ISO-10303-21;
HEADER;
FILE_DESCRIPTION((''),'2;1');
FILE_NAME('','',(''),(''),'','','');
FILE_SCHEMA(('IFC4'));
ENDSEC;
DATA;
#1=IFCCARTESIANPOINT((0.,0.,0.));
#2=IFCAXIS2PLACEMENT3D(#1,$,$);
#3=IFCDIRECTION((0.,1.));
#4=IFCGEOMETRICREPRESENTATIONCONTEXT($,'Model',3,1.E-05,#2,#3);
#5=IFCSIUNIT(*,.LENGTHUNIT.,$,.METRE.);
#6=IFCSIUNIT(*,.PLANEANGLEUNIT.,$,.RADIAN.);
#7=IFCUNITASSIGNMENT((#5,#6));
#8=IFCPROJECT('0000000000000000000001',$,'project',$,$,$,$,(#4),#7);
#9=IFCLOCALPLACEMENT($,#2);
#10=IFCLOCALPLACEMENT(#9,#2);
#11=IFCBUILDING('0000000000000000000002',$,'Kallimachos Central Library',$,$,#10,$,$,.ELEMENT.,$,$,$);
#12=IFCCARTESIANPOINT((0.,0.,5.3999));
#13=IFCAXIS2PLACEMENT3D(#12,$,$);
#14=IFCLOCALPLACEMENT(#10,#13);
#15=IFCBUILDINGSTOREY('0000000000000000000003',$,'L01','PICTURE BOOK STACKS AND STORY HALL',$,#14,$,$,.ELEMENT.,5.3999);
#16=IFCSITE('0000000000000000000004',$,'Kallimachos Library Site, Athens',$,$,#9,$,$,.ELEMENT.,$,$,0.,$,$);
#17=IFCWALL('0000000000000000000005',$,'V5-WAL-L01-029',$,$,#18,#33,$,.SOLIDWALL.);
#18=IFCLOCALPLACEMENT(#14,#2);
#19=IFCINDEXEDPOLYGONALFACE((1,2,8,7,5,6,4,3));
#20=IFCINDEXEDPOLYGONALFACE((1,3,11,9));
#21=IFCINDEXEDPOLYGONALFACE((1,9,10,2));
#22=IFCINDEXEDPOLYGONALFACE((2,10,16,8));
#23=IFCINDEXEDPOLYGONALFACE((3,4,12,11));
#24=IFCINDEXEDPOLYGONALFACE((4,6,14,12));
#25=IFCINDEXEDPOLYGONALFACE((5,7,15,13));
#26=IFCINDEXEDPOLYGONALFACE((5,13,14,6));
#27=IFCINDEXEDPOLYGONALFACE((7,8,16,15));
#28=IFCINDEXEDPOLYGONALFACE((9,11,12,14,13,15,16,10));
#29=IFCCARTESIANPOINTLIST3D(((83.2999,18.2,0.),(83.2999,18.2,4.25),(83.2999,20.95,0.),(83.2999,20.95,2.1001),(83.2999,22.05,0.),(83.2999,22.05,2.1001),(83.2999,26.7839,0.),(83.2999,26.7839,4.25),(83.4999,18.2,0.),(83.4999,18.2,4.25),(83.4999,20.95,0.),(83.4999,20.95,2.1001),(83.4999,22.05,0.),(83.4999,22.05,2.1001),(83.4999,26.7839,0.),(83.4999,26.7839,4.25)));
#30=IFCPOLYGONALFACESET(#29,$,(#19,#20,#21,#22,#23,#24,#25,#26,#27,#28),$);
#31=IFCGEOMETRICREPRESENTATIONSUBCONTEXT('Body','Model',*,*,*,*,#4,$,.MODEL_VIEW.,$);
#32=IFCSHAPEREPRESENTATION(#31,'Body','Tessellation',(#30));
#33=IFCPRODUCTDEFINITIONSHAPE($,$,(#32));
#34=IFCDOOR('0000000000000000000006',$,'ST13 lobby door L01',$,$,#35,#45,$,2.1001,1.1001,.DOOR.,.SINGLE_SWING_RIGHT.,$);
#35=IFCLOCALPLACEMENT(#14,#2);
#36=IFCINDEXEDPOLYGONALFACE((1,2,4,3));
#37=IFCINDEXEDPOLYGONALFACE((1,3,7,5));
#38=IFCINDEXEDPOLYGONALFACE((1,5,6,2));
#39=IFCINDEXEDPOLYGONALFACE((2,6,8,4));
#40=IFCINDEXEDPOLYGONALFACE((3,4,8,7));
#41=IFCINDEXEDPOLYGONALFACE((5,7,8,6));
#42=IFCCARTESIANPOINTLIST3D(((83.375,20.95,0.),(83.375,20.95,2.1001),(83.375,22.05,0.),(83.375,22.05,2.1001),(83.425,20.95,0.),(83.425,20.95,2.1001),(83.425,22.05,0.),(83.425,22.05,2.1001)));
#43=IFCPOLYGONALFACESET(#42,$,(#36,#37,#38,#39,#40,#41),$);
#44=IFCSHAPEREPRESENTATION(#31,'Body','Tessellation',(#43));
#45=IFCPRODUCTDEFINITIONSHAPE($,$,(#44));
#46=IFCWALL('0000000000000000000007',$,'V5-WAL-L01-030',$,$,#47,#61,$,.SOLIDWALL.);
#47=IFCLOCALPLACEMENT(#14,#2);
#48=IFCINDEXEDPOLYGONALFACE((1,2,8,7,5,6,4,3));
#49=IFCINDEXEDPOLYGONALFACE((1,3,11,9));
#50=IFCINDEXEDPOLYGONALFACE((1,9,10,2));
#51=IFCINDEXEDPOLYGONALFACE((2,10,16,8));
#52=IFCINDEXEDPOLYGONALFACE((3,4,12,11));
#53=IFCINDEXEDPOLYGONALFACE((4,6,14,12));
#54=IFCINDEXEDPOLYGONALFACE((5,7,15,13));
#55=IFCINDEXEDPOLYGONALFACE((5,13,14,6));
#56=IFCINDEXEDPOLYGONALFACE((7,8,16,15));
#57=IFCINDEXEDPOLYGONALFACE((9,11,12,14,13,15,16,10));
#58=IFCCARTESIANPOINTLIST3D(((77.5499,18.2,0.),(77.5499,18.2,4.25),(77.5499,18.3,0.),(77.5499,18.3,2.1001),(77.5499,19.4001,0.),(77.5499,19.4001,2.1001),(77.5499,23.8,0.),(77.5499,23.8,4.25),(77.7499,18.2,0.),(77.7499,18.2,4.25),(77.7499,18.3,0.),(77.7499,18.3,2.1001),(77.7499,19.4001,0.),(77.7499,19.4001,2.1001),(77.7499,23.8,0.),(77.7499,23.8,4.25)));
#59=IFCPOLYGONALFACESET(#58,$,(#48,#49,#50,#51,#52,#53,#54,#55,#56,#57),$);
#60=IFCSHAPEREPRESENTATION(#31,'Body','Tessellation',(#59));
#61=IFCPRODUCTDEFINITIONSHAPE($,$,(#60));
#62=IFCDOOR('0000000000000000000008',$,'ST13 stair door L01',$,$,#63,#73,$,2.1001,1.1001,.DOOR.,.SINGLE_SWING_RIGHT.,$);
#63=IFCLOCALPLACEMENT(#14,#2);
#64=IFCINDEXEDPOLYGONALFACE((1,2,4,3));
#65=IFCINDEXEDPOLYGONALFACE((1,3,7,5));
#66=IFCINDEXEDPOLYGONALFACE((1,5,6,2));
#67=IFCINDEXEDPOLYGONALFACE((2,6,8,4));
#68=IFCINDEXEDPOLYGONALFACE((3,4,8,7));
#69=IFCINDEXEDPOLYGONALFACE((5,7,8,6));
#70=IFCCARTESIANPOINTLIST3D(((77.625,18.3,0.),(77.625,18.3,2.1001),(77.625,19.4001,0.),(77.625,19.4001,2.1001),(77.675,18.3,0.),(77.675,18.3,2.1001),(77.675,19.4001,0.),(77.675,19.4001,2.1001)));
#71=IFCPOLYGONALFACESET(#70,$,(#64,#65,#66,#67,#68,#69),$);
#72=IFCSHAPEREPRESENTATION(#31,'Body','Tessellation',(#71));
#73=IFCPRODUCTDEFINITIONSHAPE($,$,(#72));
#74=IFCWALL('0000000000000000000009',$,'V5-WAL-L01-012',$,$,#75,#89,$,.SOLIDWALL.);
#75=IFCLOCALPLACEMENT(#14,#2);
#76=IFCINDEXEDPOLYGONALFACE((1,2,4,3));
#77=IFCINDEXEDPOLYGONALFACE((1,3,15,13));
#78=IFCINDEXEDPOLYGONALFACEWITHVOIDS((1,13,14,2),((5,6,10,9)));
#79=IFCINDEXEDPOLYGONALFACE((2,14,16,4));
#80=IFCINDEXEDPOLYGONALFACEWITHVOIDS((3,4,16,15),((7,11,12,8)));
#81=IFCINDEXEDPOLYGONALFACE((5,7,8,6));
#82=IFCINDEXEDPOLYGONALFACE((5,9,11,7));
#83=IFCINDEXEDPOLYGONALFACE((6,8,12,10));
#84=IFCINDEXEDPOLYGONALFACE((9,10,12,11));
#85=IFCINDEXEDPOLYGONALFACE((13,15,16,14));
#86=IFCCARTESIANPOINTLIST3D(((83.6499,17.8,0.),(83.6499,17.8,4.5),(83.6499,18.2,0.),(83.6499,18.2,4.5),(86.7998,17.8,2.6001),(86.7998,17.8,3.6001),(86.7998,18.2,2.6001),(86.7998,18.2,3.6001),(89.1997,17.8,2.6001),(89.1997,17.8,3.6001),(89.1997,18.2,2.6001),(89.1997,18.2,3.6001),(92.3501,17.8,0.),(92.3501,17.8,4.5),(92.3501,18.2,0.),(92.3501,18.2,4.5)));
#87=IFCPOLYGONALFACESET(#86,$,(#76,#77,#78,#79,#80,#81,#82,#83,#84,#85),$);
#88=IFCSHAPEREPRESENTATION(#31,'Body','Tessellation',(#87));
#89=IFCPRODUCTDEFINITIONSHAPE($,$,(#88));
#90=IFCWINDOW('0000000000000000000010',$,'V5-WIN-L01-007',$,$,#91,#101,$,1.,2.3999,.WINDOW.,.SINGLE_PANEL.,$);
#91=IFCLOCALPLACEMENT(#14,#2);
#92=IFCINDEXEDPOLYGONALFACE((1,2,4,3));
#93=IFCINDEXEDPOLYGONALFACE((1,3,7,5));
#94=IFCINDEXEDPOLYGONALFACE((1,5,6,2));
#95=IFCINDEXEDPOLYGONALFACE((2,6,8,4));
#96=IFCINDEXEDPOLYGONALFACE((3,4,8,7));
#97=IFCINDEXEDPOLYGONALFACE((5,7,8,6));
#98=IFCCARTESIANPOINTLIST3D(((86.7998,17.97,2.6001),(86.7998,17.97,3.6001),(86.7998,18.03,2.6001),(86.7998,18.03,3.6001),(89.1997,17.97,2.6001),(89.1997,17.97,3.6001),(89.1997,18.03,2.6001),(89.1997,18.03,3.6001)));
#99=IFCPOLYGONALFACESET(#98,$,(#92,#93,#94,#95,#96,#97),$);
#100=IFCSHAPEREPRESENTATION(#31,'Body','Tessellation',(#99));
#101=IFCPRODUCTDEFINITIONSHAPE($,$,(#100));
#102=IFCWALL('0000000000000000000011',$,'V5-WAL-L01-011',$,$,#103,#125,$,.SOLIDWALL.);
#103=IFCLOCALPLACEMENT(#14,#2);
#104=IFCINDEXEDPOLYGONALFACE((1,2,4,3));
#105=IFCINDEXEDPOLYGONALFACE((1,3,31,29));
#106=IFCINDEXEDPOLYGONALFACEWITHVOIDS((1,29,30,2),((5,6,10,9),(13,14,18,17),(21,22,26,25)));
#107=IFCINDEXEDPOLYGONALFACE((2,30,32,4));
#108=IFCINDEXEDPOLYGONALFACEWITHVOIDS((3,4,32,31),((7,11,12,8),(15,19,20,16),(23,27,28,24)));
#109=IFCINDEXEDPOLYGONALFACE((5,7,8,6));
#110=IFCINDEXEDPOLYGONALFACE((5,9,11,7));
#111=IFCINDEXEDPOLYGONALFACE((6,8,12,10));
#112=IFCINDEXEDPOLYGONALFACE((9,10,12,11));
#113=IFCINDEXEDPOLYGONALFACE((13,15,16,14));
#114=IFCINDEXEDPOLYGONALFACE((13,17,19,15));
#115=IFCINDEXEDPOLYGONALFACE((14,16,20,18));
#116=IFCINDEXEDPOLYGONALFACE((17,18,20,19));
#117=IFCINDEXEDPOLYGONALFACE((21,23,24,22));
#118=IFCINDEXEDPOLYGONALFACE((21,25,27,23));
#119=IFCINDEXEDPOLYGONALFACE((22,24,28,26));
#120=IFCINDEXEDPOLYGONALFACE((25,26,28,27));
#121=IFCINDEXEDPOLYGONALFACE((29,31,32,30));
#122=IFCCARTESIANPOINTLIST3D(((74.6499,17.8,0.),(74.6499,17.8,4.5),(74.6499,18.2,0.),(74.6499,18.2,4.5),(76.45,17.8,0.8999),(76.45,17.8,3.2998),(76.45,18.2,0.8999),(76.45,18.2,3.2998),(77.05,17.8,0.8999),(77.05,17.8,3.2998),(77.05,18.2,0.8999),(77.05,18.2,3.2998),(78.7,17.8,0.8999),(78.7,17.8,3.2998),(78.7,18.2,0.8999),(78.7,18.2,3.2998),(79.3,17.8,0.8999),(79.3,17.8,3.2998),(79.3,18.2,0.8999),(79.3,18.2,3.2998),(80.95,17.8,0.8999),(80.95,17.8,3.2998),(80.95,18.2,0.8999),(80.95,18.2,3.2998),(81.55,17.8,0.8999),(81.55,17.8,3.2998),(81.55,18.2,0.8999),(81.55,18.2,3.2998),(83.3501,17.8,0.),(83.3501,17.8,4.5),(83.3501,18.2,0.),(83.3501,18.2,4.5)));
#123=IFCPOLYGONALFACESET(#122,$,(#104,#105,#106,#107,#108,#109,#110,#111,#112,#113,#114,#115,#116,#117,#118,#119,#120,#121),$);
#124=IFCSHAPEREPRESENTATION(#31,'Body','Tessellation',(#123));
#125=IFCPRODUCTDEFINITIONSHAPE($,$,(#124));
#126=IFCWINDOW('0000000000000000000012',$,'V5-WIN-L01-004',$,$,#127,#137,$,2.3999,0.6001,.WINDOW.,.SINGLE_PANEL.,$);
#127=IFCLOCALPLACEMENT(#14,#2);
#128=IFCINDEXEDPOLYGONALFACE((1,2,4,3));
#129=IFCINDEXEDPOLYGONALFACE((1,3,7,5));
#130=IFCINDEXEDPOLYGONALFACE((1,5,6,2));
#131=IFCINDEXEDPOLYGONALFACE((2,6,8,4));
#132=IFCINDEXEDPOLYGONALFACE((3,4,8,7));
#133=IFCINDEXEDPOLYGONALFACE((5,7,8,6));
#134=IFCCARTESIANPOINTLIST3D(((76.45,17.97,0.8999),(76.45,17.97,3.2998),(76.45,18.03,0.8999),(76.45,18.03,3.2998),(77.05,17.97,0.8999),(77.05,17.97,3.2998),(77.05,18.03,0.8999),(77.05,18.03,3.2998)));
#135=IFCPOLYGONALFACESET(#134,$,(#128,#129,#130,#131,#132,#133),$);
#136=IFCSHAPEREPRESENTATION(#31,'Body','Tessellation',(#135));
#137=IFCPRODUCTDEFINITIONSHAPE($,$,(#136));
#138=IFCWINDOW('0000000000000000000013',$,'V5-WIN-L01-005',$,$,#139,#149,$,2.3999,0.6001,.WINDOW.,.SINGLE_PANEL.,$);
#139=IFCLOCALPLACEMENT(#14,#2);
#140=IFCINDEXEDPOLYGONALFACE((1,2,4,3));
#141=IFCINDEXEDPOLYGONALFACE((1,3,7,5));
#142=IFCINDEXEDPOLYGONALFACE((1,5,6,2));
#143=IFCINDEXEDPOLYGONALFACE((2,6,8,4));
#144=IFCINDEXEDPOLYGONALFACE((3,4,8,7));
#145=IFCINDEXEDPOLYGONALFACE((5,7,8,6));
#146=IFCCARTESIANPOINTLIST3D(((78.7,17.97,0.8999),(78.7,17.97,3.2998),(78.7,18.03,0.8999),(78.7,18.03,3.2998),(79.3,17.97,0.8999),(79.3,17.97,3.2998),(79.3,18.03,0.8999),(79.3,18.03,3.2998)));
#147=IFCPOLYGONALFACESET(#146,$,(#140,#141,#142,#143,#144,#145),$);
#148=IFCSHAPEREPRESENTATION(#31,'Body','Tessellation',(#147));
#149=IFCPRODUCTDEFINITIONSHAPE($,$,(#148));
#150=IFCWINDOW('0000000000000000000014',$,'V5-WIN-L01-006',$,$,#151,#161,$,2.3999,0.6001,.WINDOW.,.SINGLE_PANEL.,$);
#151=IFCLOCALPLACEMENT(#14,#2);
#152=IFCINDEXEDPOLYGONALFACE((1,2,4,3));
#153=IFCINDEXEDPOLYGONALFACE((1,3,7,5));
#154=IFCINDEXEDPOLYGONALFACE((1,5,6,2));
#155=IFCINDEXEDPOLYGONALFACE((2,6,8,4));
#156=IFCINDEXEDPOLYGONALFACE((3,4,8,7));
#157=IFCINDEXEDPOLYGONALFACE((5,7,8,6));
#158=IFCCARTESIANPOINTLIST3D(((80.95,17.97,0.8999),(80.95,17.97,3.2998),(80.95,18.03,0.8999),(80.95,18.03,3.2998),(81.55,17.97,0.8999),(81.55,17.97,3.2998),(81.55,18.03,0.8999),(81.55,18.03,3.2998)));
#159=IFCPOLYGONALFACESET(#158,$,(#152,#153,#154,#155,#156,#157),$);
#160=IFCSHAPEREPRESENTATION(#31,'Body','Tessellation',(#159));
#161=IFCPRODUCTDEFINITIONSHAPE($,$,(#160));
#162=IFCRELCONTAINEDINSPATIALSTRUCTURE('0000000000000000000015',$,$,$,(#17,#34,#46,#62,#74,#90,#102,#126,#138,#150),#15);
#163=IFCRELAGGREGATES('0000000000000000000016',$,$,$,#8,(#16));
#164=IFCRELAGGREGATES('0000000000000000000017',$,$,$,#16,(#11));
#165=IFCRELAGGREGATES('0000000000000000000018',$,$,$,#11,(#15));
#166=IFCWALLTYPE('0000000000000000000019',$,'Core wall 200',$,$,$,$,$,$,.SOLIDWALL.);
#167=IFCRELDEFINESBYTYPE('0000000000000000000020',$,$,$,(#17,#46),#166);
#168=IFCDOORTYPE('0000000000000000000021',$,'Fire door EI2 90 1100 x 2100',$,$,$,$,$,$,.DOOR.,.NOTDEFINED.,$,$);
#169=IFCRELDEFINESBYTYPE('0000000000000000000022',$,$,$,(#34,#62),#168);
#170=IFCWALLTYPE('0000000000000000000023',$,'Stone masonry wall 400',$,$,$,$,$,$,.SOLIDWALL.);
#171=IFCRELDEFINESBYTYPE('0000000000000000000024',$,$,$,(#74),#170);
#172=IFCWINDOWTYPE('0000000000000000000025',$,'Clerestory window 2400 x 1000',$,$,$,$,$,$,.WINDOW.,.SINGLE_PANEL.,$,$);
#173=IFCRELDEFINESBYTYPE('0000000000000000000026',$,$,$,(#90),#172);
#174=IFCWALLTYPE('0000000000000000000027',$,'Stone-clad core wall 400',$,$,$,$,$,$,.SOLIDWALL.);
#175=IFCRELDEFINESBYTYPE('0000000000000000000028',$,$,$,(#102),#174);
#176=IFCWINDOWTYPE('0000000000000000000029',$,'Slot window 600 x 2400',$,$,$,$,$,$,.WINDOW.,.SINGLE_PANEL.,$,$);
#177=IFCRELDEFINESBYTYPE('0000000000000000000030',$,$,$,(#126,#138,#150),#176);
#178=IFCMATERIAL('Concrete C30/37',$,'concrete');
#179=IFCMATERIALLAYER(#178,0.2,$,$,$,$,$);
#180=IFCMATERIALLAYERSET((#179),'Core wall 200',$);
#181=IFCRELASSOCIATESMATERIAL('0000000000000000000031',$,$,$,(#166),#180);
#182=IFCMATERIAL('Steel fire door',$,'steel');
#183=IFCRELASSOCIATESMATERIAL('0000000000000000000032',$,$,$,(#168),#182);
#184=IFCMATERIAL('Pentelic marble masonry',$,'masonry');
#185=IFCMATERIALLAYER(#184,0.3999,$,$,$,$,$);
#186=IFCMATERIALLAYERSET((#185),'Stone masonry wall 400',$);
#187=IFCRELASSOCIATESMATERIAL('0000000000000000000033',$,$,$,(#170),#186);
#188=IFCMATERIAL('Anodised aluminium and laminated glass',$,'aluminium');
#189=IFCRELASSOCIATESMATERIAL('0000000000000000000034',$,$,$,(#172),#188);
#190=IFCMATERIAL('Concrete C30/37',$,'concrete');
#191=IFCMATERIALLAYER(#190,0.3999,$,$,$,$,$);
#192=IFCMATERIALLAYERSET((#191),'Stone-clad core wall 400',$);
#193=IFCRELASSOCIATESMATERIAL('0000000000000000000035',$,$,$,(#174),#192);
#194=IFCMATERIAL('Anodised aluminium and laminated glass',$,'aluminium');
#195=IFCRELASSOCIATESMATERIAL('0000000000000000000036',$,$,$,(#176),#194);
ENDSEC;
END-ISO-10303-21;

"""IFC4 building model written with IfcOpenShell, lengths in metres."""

from ifc_helpers import new_model, si_unit, direction, frame, frame_2d, origin, place, context, subcontext, project, spatial, rectangle, extrude, material, layer, layer_set, type_object, element, fill, save


model = new_model("IFC4")

# Units and contexts
model_context = context("Model", 3, precision=1e-05, world=origin(), true_north=direction((0.0, 1.0)))
body_context = subcontext(model_context, "Body", "Model", "MODEL_VIEW")
ifc_project = project(units=[si_unit("LENGTHUNIT", "METRE"), si_unit("PLANEANGLEUNIT", "RADIAN")], contexts=[model_context])

# Site, building, storey
site_placement = place(None, origin())
site = spatial("IfcSite", under=ifc_project, at=site_placement, Name="Kallimachos Library Site, Athens", CompositionType="ELEMENT", RefElevation=0.0)
building_placement = place(site_placement, origin())
building = spatial("IfcBuilding", under=site, at=building_placement, Name="Kallimachos Central Library", CompositionType="ELEMENT")
storey_placement = place(building_placement, frame((0.0, 0.0, 5.3999)))
storey = spatial("IfcBuildingStorey", under=building, at=storey_placement, Name="L01", Description="PICTURE BOOK STACKS AND STORY HALL", CompositionType="ELEMENT", Elevation=5.3999)

# Shared definitions
ifc_material_1 = material(Name="Concrete C30/37", Category="concrete")
ifc_layer_1 = layer(ifc_material_1, 0.2)
ifc_layer_set_1 = layer_set([ifc_layer_1], Name="Core wall 200")
wall_type_1 = type_object("IfcWallType", Name="Core wall 200", PredefinedType="SOLIDWALL", material=ifc_layer_set_1)

# Walls, openings, doors
wall_1_placement = place(storey_placement, frame((83.3999, 18.2, 0.0), z_axis=(0.0, 0.0, 1.0), x_axis=(0.0, 1.0, 0.0)))
wall_1 = element("IfcWall", 1, at=wall_1_placement, inside=storey, type_object=wall_type_1, Name="V5-WAL-L01-029", PredefinedType="SOLIDWALL", context=body_context, shape_type="SweptSolid", body=[
    extrude(rectangle(XDim=8.584, YDim=0.2, at=frame_2d((4.292, 0.0))), origin(), (0.0, 0.0, 1.0), 4.25),
])
opening_1_placement = place(wall_1_placement, frame((2.75, 0.0, 0.0)))
opening_1 = element("IfcOpeningElement", 2, at=opening_1_placement, cuts=wall_1, PredefinedType="OPENING", context=body_context, shape_type="SweptSolid", body=[
    extrude(rectangle(XDim=1.1001, YDim=2.1001, at=frame_2d((0.55, 1.05))), frame((0.0, 0.1099, 0.0), z_axis=(0.0, -1.0, 0.0), x_axis=(1.0, 0.0, 0.0)), (0.0, 0.0, 1.0), 0.22),
])
ifc_material_2 = material(Name="Steel fire door", Category="steel")
door_type_1 = type_object("IfcDoorType", Name="Fire door EI2 90 1100 x 2100", OperationType="NOTDEFINED", PredefinedType="DOOR", material=ifc_material_2)
door_1_placement = place(opening_1_placement, origin())
door_1 = element("IfcDoor", 3, at=door_1_placement, inside=storey, type_object=door_type_1, Name="ST13 lobby door L01", OperationType="SINGLE_SWING_RIGHT", OverallHeight=2.1001, OverallWidth=1.1001, PredefinedType="DOOR", context=body_context, shape_type="SweptSolid", body=[
    extrude(rectangle(XDim=1.1001, YDim=2.1001, at=frame_2d((0.55, 1.05))), frame((0.0, 0.0249, 0.0), z_axis=(0.0, -1.0, 0.0), x_axis=(1.0, 0.0, 0.0)), (0.0, 0.0, 1.0), 0.05),
])
fill(opening_1, door_1)
wall_2_placement = place(storey_placement, frame((77.6499, 18.2, 0.0), z_axis=(0.0, 0.0, 1.0), x_axis=(0.0, 1.0, 0.0)))
wall_2 = element("IfcWall", 4, at=wall_2_placement, inside=storey, type_object=wall_type_1, Name="V5-WAL-L01-030", PredefinedType="SOLIDWALL", context=body_context, shape_type="SweptSolid", body=[
    extrude(rectangle(XDim=5.6001, YDim=0.2, at=frame_2d((2.8, 0.0))), origin(), (0.0, 0.0, 1.0), 4.25),
])
opening_2_placement = place(wall_2_placement, frame((0.1001, 0.0, 0.0)))
opening_2 = element("IfcOpeningElement", 5, at=opening_2_placement, cuts=wall_2, PredefinedType="OPENING", context=body_context, shape_type="SweptSolid", body=[
    extrude(rectangle(XDim=1.1001, YDim=2.1001, at=frame_2d((0.55, 1.05))), frame((0.0, 0.1099, 0.0), z_axis=(0.0, -1.0, 0.0), x_axis=(1.0, 0.0, 0.0)), (0.0, 0.0, 1.0), 0.22),
])
door_2_placement = place(opening_2_placement, origin())
door_2 = element("IfcDoor", 6, at=door_2_placement, inside=storey, type_object=door_type_1, Name="ST13 stair door L01", OperationType="SINGLE_SWING_RIGHT", OverallHeight=2.1001, OverallWidth=1.1001, PredefinedType="DOOR", context=body_context, shape_type="SweptSolid", body=[
    extrude(rectangle(XDim=1.1001, YDim=2.1001, at=frame_2d((0.55, 1.05))), frame((0.0, 0.0249, 0.0), z_axis=(0.0, -1.0, 0.0), x_axis=(1.0, 0.0, 0.0)), (0.0, 0.0, 1.0), 0.05),
])
fill(opening_2, door_2)

# Wall, opening, window
ifc_material_3 = material(Name="Pentelic marble masonry", Category="masonry")
ifc_layer_2 = layer(ifc_material_3, 0.3999)
ifc_layer_set_2 = layer_set([ifc_layer_2], Name="Stone masonry wall 400")
wall_type_2 = type_object("IfcWallType", Name="Stone masonry wall 400", PredefinedType="SOLIDWALL", material=ifc_layer_set_2)
wall_3_placement = place(storey_placement, frame((83.6499, 18.0, 0.0), z_axis=(0.0, 0.0, 1.0), x_axis=(1.0, 0.0, 0.0)))
wall_3 = element("IfcWall", 7, at=wall_3_placement, inside=storey, type_object=wall_type_2, Name="V5-WAL-L01-012", PredefinedType="SOLIDWALL", context=body_context, shape_type="SweptSolid", body=[
    extrude(rectangle(XDim=8.7002, YDim=0.3999, at=frame_2d((4.3501, 0.0))), origin(), (0.0, 0.0, 1.0), 4.5),
])
opening_3_placement = place(wall_3_placement, frame((3.1499, 0.0, 2.6001)))
opening_3 = element("IfcOpeningElement", 8, at=opening_3_placement, cuts=wall_3, PredefinedType="OPENING", context=body_context, shape_type="SweptSolid", body=[
    extrude(rectangle(XDim=2.3999, YDim=1.0, at=frame_2d((1.2, 0.5))), frame((0.0, 0.21, 0.0), z_axis=(0.0, -1.0, 0.0), x_axis=(1.0, 0.0, 0.0)), (0.0, 0.0, 1.0), 0.4199),
])
ifc_material_4 = material(Name="Anodised aluminium and laminated glass", Category="aluminium")
window_type_1 = type_object("IfcWindowType", Name="Clerestory window 2400 x 1000", PartitioningType="SINGLE_PANEL", PredefinedType="WINDOW", material=ifc_material_4)
window_1_placement = place(opening_3_placement, origin())
window_1 = element("IfcWindow", 9, at=window_1_placement, inside=storey, type_object=window_type_1, Name="V5-WIN-L01-007", OverallHeight=1.0, OverallWidth=2.3999, PartitioningType="SINGLE_PANEL", PredefinedType="WINDOW", context=body_context, shape_type="SweptSolid", body=[
    extrude(rectangle(XDim=2.3999, YDim=1.0, at=frame_2d((1.2, 0.5))), frame((0.0, 0.03, 0.0), z_axis=(0.0, -1.0, 0.0), x_axis=(1.0, 0.0, 0.0)), (0.0, 0.0, 1.0), 0.0601),
])
fill(opening_3, window_1)

# Wall, openings, windows
ifc_material_5 = material(Name="Concrete C30/37", Category="concrete")
ifc_layer_3 = layer(ifc_material_5, 0.3999)
ifc_layer_set_3 = layer_set([ifc_layer_3], Name="Stone-clad core wall 400")
wall_type_3 = type_object("IfcWallType", Name="Stone-clad core wall 400", PredefinedType="SOLIDWALL", material=ifc_layer_set_3)
wall_4_placement = place(storey_placement, frame((74.6499, 18.0, 0.0), z_axis=(0.0, 0.0, 1.0), x_axis=(1.0, 0.0, 0.0)))
wall_4 = element("IfcWall", 10, at=wall_4_placement, inside=storey, type_object=wall_type_3, Name="V5-WAL-L01-011", PredefinedType="SOLIDWALL", context=body_context, shape_type="SweptSolid", body=[
    extrude(rectangle(XDim=8.7002, YDim=0.3999, at=frame_2d((4.3501, 0.0))), origin(), (0.0, 0.0, 1.0), 4.5),
])
opening_4_placement = place(wall_4_placement, frame((1.8, 0.0, 0.8999)))
opening_4 = element("IfcOpeningElement", 11, at=opening_4_placement, cuts=wall_4, PredefinedType="OPENING", context=body_context, shape_type="SweptSolid", body=[
    extrude(rectangle(XDim=0.6001, YDim=2.3999, at=frame_2d((0.3, 1.2))), frame((0.0, 0.21, 0.0), z_axis=(0.0, -1.0, 0.0), x_axis=(1.0, 0.0, 0.0)), (0.0, 0.0, 1.0), 0.4199),
])
opening_5_placement = place(wall_4_placement, frame((4.05, 0.0, 0.8999)))
opening_5 = element("IfcOpeningElement", 12, at=opening_5_placement, cuts=wall_4, PredefinedType="OPENING", context=body_context, shape_type="SweptSolid", body=[
    extrude(rectangle(XDim=0.6001, YDim=2.3999, at=frame_2d((0.3, 1.2))), frame((0.0, 0.21, 0.0), z_axis=(0.0, -1.0, 0.0), x_axis=(1.0, 0.0, 0.0)), (0.0, 0.0, 1.0), 0.4199),
])
opening_6_placement = place(wall_4_placement, frame((6.3, 0.0, 0.8999)))
opening_6 = element("IfcOpeningElement", 13, at=opening_6_placement, cuts=wall_4, PredefinedType="OPENING", context=body_context, shape_type="SweptSolid", body=[
    extrude(rectangle(XDim=0.6001, YDim=2.3999, at=frame_2d((0.3, 1.2))), frame((0.0, 0.21, 0.0), z_axis=(0.0, -1.0, 0.0), x_axis=(1.0, 0.0, 0.0)), (0.0, 0.0, 1.0), 0.4199),
])
ifc_material_6 = material(Name="Anodised aluminium and laminated glass", Category="aluminium")
window_type_2 = type_object("IfcWindowType", Name="Slot window 600 x 2400", PartitioningType="SINGLE_PANEL", PredefinedType="WINDOW", material=ifc_material_6)
window_2_placement = place(opening_4_placement, origin())
window_2 = element("IfcWindow", 14, at=window_2_placement, inside=storey, type_object=window_type_2, Name="V5-WIN-L01-004", OverallHeight=2.3999, OverallWidth=0.6001, PartitioningType="SINGLE_PANEL", PredefinedType="WINDOW", context=body_context, shape_type="SweptSolid", body=[
    extrude(rectangle(XDim=0.6001, YDim=2.3999, at=frame_2d((0.3, 1.2))), frame((0.0, 0.03, 0.0), z_axis=(0.0, -1.0, 0.0), x_axis=(1.0, 0.0, 0.0)), (0.0, 0.0, 1.0), 0.0601),
])
fill(opening_4, window_2)
window_3_placement = place(opening_5_placement, origin())
window_3 = element("IfcWindow", 15, at=window_3_placement, inside=storey, type_object=window_type_2, Name="V5-WIN-L01-005", OverallHeight=2.3999, OverallWidth=0.6001, PartitioningType="SINGLE_PANEL", PredefinedType="WINDOW", context=body_context, shape_type="SweptSolid", body=[
    extrude(rectangle(XDim=0.6001, YDim=2.3999, at=frame_2d((0.3, 1.2))), frame((0.0, 0.03, 0.0), z_axis=(0.0, -1.0, 0.0), x_axis=(1.0, 0.0, 0.0)), (0.0, 0.0, 1.0), 0.0601),
])
fill(opening_5, window_3)
window_4_placement = place(opening_6_placement, origin())
window_4 = element("IfcWindow", 16, at=window_4_placement, inside=storey, type_object=window_type_2, Name="V5-WIN-L01-006", OverallHeight=2.3999, OverallWidth=0.6001, PartitioningType="SINGLE_PANEL", PredefinedType="WINDOW", context=body_context, shape_type="SweptSolid", body=[
    extrude(rectangle(XDim=0.6001, YDim=2.3999, at=frame_2d((0.3, 1.2))), frame((0.0, 0.03, 0.0), z_axis=(0.0, -1.0, 0.0), x_axis=(1.0, 0.0, 0.0)), (0.0, 0.0, 1.0), 0.0601),
])
fill(opening_6, window_4)

save(model, "model.ifc")
